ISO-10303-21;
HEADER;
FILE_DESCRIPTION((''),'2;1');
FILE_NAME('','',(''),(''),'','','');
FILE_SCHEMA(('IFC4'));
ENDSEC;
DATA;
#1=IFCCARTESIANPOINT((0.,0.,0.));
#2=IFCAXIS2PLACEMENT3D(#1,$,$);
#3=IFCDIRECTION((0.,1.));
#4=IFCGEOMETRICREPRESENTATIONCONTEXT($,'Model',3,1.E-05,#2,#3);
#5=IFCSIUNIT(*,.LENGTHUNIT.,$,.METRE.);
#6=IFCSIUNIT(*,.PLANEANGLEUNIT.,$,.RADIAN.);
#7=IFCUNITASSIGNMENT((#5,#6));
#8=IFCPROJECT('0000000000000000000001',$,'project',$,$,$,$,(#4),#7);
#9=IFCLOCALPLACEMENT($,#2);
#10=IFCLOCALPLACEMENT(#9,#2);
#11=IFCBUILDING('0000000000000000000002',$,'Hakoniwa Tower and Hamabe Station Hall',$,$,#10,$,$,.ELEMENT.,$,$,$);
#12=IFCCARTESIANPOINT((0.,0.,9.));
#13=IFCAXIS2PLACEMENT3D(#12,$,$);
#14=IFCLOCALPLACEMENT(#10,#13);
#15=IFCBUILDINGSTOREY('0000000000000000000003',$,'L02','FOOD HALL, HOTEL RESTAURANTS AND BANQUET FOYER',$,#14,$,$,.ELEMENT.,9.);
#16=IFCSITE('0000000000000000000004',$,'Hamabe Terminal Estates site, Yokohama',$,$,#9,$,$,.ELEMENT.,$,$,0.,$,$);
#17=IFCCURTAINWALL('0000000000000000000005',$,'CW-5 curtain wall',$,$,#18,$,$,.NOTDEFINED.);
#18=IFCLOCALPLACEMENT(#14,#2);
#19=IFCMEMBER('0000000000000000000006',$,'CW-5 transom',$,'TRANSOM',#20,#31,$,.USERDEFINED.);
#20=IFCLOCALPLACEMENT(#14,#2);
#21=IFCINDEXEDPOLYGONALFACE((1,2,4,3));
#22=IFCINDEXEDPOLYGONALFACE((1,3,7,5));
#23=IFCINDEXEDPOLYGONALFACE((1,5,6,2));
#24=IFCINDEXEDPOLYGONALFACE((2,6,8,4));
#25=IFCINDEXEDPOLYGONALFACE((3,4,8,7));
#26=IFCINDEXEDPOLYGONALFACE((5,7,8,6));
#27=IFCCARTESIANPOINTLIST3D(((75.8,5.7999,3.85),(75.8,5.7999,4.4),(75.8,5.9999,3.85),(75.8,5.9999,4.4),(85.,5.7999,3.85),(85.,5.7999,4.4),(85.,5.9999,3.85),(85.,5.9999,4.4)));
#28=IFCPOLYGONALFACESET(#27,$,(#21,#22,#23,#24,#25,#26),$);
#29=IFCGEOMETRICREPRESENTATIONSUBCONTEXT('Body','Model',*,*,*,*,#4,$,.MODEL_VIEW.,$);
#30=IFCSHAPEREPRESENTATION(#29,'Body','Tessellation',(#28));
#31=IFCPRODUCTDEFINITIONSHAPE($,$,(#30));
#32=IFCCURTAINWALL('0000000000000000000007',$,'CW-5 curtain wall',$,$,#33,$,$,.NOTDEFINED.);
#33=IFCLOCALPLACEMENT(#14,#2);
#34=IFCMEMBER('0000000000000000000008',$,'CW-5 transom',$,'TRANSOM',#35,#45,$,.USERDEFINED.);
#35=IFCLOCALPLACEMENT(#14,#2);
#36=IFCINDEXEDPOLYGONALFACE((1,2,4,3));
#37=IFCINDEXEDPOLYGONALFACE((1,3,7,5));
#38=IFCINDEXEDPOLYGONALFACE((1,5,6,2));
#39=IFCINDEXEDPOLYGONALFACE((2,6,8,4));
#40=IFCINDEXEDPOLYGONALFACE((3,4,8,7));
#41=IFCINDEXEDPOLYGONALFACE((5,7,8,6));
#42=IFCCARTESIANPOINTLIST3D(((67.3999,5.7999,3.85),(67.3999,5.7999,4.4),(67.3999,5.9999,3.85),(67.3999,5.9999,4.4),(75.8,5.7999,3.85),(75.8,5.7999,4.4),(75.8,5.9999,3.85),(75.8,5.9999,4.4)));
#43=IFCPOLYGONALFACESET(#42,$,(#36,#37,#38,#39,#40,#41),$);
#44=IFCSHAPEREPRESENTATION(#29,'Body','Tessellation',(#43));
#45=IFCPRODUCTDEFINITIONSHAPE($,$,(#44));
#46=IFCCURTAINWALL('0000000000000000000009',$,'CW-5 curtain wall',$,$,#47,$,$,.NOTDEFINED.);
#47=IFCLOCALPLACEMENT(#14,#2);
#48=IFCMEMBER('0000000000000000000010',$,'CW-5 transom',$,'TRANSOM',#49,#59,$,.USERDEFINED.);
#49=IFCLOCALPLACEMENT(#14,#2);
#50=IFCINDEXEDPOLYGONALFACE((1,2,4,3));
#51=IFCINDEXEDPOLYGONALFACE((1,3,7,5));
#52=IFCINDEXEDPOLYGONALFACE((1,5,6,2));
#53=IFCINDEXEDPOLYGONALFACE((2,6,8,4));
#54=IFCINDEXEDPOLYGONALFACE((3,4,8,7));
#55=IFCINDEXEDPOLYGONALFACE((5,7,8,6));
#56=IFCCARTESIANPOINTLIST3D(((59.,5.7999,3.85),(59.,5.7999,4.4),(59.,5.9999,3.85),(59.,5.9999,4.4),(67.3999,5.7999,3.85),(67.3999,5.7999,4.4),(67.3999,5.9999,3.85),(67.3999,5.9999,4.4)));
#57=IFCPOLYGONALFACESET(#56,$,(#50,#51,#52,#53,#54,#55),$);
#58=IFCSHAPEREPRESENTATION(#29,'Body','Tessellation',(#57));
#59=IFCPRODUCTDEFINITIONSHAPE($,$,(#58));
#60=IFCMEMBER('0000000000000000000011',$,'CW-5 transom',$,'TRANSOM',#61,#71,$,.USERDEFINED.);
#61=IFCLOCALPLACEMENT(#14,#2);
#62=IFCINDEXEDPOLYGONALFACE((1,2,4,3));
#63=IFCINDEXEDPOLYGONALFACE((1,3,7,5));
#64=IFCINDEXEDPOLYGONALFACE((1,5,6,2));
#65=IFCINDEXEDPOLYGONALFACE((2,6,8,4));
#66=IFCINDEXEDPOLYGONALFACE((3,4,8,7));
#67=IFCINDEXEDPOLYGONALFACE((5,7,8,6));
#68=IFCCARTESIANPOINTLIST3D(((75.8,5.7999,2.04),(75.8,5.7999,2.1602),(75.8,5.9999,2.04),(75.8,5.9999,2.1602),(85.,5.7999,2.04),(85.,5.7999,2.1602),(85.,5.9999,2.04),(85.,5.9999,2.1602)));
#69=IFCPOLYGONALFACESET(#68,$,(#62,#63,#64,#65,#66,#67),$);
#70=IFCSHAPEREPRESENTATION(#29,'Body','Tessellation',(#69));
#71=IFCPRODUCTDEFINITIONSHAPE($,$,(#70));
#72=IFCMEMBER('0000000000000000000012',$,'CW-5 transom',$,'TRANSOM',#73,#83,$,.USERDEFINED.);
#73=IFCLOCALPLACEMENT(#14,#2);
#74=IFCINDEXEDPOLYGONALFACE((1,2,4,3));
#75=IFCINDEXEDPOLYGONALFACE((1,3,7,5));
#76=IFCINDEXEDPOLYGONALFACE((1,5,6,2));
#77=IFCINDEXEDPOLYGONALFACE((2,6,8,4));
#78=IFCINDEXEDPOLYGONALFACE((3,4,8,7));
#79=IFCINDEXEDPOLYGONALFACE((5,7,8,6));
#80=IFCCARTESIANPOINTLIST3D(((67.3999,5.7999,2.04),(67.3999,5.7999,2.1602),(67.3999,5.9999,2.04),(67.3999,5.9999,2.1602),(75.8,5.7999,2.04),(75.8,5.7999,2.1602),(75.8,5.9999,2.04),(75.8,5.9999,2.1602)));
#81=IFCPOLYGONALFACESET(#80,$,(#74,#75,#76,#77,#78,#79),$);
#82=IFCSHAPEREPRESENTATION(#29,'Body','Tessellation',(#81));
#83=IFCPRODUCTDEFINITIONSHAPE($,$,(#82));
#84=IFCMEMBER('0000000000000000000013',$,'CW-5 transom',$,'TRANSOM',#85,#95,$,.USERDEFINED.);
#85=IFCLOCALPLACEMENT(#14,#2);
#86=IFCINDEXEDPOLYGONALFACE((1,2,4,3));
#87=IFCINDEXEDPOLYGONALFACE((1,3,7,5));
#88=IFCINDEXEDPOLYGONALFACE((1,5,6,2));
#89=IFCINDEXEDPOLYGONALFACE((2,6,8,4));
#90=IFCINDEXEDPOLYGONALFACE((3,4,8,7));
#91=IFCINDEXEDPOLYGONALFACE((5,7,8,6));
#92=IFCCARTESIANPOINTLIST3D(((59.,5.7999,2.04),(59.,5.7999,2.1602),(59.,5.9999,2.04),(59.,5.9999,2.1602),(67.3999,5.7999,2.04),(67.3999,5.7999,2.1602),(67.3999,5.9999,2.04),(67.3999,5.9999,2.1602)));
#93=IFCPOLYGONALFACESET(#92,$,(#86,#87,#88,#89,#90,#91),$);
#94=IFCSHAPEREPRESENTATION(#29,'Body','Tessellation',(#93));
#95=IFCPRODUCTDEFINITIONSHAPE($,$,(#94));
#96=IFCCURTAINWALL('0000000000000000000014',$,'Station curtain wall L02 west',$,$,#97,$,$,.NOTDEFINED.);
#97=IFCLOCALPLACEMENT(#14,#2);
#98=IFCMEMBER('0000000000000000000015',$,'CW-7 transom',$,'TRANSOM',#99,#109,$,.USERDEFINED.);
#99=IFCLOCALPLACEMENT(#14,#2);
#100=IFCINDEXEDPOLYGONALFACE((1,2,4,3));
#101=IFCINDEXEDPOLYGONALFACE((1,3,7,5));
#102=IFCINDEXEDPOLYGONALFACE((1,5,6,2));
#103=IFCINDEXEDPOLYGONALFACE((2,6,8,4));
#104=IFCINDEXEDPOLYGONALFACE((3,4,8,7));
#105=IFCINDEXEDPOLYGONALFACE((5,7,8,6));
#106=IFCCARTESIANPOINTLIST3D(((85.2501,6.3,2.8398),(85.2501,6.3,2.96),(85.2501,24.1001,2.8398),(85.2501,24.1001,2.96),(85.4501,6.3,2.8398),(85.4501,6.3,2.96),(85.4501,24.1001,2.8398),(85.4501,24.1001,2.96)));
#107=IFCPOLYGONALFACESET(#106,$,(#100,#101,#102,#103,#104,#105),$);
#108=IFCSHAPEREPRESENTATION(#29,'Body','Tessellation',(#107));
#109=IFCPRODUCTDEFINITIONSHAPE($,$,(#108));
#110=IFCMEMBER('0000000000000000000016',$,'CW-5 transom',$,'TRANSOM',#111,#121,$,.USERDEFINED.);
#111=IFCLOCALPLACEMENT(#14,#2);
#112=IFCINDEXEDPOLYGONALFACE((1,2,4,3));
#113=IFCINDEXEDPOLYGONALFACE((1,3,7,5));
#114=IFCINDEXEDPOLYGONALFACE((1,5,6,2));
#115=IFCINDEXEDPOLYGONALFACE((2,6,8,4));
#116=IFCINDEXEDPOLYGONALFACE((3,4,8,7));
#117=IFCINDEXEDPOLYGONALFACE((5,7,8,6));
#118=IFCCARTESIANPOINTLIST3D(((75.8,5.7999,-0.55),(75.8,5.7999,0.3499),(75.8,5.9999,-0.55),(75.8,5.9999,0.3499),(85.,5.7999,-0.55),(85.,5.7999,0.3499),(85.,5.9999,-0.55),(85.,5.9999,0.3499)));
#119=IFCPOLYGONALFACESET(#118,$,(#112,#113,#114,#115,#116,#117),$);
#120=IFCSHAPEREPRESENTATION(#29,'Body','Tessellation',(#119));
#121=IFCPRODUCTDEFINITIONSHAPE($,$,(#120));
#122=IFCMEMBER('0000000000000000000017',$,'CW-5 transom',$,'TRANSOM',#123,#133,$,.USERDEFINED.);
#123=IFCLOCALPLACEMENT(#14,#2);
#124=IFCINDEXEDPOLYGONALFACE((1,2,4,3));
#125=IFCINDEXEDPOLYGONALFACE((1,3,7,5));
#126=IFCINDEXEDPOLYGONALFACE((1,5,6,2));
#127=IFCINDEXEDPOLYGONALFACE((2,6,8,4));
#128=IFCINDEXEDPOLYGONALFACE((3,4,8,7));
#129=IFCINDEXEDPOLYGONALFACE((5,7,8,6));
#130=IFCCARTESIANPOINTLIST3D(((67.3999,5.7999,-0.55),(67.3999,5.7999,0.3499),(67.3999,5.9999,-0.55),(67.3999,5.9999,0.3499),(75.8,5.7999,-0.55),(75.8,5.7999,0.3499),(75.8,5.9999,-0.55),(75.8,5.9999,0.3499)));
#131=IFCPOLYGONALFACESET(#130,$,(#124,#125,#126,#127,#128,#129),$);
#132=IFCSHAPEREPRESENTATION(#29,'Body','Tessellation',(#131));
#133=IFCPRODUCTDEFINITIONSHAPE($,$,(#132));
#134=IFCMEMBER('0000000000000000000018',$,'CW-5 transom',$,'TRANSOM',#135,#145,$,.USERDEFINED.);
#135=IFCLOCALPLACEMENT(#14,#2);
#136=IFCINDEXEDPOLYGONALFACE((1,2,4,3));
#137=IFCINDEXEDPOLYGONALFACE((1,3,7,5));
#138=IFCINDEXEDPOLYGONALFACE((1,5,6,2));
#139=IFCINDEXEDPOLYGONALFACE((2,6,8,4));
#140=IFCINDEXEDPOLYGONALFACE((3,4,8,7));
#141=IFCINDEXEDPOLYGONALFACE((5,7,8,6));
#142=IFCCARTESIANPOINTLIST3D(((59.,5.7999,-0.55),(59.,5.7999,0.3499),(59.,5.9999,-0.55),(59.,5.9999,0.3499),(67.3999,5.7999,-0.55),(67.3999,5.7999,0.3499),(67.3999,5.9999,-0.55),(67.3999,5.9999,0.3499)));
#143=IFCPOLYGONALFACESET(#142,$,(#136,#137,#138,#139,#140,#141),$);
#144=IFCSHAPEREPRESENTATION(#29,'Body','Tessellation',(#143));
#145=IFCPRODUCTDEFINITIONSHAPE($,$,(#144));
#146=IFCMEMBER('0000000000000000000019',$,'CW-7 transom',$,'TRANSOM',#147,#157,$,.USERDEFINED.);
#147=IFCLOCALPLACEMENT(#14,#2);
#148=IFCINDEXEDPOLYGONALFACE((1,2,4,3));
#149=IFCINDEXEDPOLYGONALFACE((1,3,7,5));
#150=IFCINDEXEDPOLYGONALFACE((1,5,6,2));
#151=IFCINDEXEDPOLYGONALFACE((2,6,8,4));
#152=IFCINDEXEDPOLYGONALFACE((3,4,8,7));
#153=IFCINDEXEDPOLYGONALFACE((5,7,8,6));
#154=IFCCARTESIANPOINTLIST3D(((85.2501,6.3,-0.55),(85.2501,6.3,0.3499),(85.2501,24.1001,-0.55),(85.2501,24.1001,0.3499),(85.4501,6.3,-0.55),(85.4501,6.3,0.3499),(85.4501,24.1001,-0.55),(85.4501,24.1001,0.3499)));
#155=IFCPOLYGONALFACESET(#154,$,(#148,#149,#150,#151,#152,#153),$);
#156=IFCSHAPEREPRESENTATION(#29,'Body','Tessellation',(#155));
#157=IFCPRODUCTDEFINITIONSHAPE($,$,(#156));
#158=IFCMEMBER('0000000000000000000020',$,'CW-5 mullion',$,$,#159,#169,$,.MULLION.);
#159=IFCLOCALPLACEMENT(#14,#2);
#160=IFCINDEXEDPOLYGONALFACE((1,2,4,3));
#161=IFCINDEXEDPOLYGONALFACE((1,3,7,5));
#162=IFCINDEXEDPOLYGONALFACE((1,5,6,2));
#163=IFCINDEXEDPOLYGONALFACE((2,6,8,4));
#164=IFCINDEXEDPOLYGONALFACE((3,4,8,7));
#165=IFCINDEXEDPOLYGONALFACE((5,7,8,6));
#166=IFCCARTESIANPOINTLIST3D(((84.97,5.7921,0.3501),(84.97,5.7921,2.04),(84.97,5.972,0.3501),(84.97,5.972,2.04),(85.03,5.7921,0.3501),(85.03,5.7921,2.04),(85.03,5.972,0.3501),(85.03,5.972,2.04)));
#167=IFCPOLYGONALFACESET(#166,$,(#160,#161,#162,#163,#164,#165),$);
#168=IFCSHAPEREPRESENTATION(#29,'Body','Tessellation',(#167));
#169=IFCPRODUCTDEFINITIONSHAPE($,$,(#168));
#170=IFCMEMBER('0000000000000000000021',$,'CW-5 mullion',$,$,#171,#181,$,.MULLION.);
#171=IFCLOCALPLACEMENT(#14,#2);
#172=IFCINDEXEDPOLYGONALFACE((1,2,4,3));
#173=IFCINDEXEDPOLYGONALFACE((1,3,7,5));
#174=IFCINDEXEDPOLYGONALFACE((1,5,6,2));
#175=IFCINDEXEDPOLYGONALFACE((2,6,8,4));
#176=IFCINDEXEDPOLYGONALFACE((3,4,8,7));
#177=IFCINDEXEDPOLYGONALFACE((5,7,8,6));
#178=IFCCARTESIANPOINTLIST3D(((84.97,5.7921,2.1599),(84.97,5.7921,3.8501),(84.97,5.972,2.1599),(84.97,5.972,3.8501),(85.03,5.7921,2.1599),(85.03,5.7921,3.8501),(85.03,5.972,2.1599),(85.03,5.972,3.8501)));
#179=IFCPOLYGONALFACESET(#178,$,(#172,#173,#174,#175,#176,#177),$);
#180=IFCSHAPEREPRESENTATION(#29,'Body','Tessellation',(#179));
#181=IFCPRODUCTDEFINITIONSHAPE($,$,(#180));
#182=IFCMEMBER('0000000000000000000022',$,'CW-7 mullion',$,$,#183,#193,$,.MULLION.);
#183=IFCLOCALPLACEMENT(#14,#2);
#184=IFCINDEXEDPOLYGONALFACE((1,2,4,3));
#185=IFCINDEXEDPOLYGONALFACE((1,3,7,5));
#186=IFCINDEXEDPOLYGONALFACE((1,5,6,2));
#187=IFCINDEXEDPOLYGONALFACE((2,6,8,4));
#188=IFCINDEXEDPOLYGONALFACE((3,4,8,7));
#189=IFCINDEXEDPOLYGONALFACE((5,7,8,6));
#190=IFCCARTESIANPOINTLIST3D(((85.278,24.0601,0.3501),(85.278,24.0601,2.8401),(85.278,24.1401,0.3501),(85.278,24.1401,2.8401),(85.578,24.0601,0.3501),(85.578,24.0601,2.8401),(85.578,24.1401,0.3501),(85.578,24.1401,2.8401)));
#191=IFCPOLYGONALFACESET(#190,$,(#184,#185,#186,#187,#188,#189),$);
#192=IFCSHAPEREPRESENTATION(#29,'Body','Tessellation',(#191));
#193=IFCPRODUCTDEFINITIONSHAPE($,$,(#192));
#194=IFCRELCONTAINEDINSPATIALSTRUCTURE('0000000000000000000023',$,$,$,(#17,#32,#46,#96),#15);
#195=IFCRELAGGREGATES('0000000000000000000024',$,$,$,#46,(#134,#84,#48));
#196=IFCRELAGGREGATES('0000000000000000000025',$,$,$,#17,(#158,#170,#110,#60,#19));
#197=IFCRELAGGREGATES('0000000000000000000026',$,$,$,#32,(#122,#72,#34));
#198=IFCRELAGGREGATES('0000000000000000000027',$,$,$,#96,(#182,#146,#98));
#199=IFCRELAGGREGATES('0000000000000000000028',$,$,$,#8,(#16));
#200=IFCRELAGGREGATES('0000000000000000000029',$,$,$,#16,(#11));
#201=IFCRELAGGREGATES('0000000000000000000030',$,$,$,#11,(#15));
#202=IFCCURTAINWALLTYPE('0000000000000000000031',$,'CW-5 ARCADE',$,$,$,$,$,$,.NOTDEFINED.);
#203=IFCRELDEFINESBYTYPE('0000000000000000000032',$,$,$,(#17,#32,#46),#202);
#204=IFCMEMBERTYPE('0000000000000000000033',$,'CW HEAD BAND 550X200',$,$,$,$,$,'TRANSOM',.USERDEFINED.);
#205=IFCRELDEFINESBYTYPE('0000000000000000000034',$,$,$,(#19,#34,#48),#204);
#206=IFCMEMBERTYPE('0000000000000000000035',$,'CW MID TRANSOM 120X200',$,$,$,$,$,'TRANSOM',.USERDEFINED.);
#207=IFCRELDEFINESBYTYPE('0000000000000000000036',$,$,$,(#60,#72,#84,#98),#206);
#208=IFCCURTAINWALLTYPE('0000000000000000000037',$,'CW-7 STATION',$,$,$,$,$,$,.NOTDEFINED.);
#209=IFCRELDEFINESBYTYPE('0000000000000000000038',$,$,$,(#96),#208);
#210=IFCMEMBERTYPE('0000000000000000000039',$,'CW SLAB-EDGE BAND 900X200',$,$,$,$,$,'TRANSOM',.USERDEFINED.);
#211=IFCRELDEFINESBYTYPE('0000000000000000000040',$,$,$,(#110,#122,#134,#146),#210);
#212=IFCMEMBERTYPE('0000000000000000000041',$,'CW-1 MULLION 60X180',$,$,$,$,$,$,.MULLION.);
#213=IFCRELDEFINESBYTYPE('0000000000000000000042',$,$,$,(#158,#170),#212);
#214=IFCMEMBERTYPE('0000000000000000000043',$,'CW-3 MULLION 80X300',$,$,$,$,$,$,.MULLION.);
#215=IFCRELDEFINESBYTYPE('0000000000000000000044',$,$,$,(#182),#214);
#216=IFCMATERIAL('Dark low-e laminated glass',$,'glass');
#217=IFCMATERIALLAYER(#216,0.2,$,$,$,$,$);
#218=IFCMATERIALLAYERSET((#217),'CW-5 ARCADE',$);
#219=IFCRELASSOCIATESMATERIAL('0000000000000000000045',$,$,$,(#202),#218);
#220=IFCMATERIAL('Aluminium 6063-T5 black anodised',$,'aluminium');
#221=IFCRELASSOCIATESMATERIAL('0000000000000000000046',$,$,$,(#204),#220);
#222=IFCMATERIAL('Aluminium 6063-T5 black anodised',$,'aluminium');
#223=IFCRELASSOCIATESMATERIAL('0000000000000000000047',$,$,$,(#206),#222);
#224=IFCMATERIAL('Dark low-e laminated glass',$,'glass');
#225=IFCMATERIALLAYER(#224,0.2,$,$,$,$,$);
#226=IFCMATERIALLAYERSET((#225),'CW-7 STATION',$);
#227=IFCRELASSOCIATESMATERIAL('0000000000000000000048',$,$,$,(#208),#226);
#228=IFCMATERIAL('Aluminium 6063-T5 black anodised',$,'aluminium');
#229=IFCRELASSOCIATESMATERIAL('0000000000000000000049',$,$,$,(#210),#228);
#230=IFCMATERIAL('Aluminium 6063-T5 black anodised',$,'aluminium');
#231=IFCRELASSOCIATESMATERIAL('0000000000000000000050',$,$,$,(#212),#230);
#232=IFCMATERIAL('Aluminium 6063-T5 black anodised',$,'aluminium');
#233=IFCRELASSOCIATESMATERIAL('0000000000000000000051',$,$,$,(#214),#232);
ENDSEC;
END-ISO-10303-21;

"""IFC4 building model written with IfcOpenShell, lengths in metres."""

from ifc_helpers import new_model, si_unit, direction, frame, origin, origin_2d, place, context, subcontext, project, spatial, rectangle, extrude, material, layer, layer_set, material_profile, profile_set, type_object, element, aggregate, save


model = new_model("IFC4")

# Units and contexts
model_context = context("Model", 3, precision=1e-05, world=origin(), true_north=direction((0.0, 1.0)))
body_context = subcontext(model_context, "Body", "Model", "MODEL_VIEW")
ifc_project = project(units=[si_unit("LENGTHUNIT", "METRE"), si_unit("PLANEANGLEUNIT", "RADIAN")], contexts=[model_context])

# Site, building, storey
site_placement = place(None, origin())
site = spatial("IfcSite", under=ifc_project, at=site_placement, Name="Hamabe Terminal Estates site, Yokohama", CompositionType="ELEMENT", RefElevation=0.0)
building_placement = place(site_placement, origin())
building = spatial("IfcBuilding", under=site, at=building_placement, Name="Hakoniwa Tower and Hamabe Station Hall", CompositionType="ELEMENT")
storey_placement = place(building_placement, frame((0.0, 0.0, 9.0)))
storey = spatial("IfcBuildingStorey", under=building, at=storey_placement, Name="L02", Description="FOOD HALL, HOTEL RESTAURANTS AND BANQUET FOYER", CompositionType="ELEMENT", Elevation=9.0)

# Curtain walls, members
ifc_material_1 = material(Name="Dark low-e laminated glass", Category="glass")
ifc_layer_1 = layer(ifc_material_1, 0.2)
ifc_layer_set_1 = layer_set([ifc_layer_1], Name="CW-5 ARCADE")
curtain_wall_type_1 = type_object("IfcCurtainWallType", Name="CW-5 ARCADE", PredefinedType="NOTDEFINED", material=ifc_layer_set_1)
curtain_wall_1_placement = place(storey_placement, origin())
curtain_wall_1 = element("IfcCurtainWall", 1, at=curtain_wall_1_placement, inside=storey, type_object=curtain_wall_type_1, Name="CW-5 curtain wall", PredefinedType="NOTDEFINED")
ifc_material_2 = material(Name="Aluminium 6063-T5 black anodised", Category="aluminium")
ifc_material_profile_1 = material_profile(ifc_material_2, rectangle(XDim=0.2, YDim=0.55, at=origin_2d()), Name="CW HEAD BAND 550X200")
ifc_profile_set_1 = profile_set([ifc_material_profile_1], Name="Aluminium 6063-T5 black anodised")
member_type_1 = type_object("IfcMemberType", Name="CW HEAD BAND 550X200", ElementType="TRANSOM", PredefinedType="USERDEFINED", material=ifc_profile_set_1)
member_1_placement = place(storey_placement, frame((85.0, 5.8999, 4.125), z_axis=(-1.0, 0.0, 0.0), x_axis=(0.0, -1.0, 0.0)))
member_1 = element("IfcMember", 2, at=member_1_placement, type_object=member_type_1, Name="CW-5 transom", ObjectType="TRANSOM", PredefinedType="USERDEFINED", context=body_context, shape_type="SweptSolid", body=[
    extrude(rectangle(XDim=0.2, YDim=0.55, at=origin_2d()), origin(), (0.0, 0.0, 1.0), 9.2),
])
curtain_wall_2_placement = place(storey_placement, origin())
curtain_wall_2 = element("IfcCurtainWall", 3, at=curtain_wall_2_placement, inside=storey, type_object=curtain_wall_type_1, Name="CW-5 curtain wall", PredefinedType="NOTDEFINED")
member_2_placement = place(storey_placement, frame((75.8, 5.8999, 4.125), z_axis=(-1.0, 0.0, 0.0), x_axis=(0.0, -1.0, 0.0)))
member_2 = element("IfcMember", 4, at=member_2_placement, type_object=member_type_1, Name="CW-5 transom", ObjectType="TRANSOM", PredefinedType="USERDEFINED", context=body_context, shape_type="SweptSolid", body=[
    extrude(rectangle(XDim=0.2, YDim=0.55, at=origin_2d()), origin(), (0.0, 0.0, 1.0), 8.4001),
])
curtain_wall_3_placement = place(storey_placement, origin())
curtain_wall_3 = element("IfcCurtainWall", 5, at=curtain_wall_3_placement, inside=storey, type_object=curtain_wall_type_1, Name="CW-5 curtain wall", PredefinedType="NOTDEFINED")
member_3_placement = place(storey_placement, frame((67.3999, 5.8999, 4.125), z_axis=(-1.0, 0.0, 0.0), x_axis=(0.0, -1.0, 0.0)))
member_3 = element("IfcMember", 6, at=member_3_placement, type_object=member_type_1, Name="CW-5 transom", ObjectType="TRANSOM", PredefinedType="USERDEFINED", context=body_context, shape_type="SweptSolid", body=[
    extrude(rectangle(XDim=0.2, YDim=0.55, at=origin_2d()), origin(), (0.0, 0.0, 1.0), 8.3999),
])

# Members
ifc_material_3 = material(Name="Aluminium 6063-T5 black anodised", Category="aluminium")
ifc_material_profile_2 = material_profile(ifc_material_3, rectangle(XDim=0.2, YDim=0.1201, at=origin_2d()), Name="CW MID TRANSOM 120X200")
ifc_profile_set_2 = profile_set([ifc_material_profile_2], Name="Aluminium 6063-T5 black anodised")
member_type_2 = type_object("IfcMemberType", Name="CW MID TRANSOM 120X200", ElementType="TRANSOM", PredefinedType="USERDEFINED", material=ifc_profile_set_2)
member_4_placement = place(storey_placement, frame((85.0, 5.8999, 2.1001), z_axis=(-1.0, 0.0, 0.0), x_axis=(0.0, -1.0, 0.0)))
member_4 = element("IfcMember", 7, at=member_4_placement, type_object=member_type_2, Name="CW-5 transom", ObjectType="TRANSOM", PredefinedType="USERDEFINED", context=body_context, shape_type="SweptSolid", body=[
    extrude(rectangle(XDim=0.2, YDim=0.1201, at=origin_2d()), origin(), (0.0, 0.0, 1.0), 9.2),
])
member_5_placement = place(storey_placement, frame((75.8, 5.8999, 2.1001), z_axis=(-1.0, 0.0, 0.0), x_axis=(0.0, -1.0, 0.0)))
member_5 = element("IfcMember", 8, at=member_5_placement, type_object=member_type_2, Name="CW-5 transom", ObjectType="TRANSOM", PredefinedType="USERDEFINED", context=body_context, shape_type="SweptSolid", body=[
    extrude(rectangle(XDim=0.2, YDim=0.1201, at=origin_2d()), origin(), (0.0, 0.0, 1.0), 8.4001),
])
member_6_placement = place(storey_placement, frame((67.3999, 5.8999, 2.1001), z_axis=(-1.0, 0.0, 0.0), x_axis=(0.0, -1.0, 0.0)))
member_6 = element("IfcMember", 9, at=member_6_placement, type_object=member_type_2, Name="CW-5 transom", ObjectType="TRANSOM", PredefinedType="USERDEFINED", context=body_context, shape_type="SweptSolid", body=[
    extrude(rectangle(XDim=0.2, YDim=0.1201, at=origin_2d()), origin(), (0.0, 0.0, 1.0), 8.3999),
])

# Curtain wall, member
ifc_material_4 = material(Name="Dark low-e laminated glass", Category="glass")
ifc_layer_2 = layer(ifc_material_4, 0.2)
ifc_layer_set_2 = layer_set([ifc_layer_2], Name="CW-7 STATION")
curtain_wall_type_2 = type_object("IfcCurtainWallType", Name="CW-7 STATION", PredefinedType="NOTDEFINED", material=ifc_layer_set_2)
curtain_wall_4_placement = place(storey_placement, origin())
curtain_wall_4 = element("IfcCurtainWall", 10, at=curtain_wall_4_placement, inside=storey, type_object=curtain_wall_type_2, Name="Station curtain wall L02 west", PredefinedType="NOTDEFINED")
member_7_placement = place(storey_placement, frame((85.3501, 24.1001, 2.8999), z_axis=(0.0, -1.0, 0.0), x_axis=(1.0, 0.0, 0.0)))
member_7 = element("IfcMember", 11, at=member_7_placement, type_object=member_type_2, Name="CW-7 transom", ObjectType="TRANSOM", PredefinedType="USERDEFINED", context=body_context, shape_type="SweptSolid", body=[
    extrude(rectangle(XDim=0.2, YDim=0.1201, at=origin_2d()), origin(), (0.0, 0.0, 1.0), 17.8),
])

# Members
ifc_material_5 = material(Name="Aluminium 6063-T5 black anodised", Category="aluminium")
ifc_material_profile_3 = material_profile(ifc_material_5, rectangle(XDim=0.2, YDim=0.8999, at=origin_2d()), Name="CW SLAB-EDGE BAND 900X200")
ifc_profile_set_3 = profile_set([ifc_material_profile_3], Name="Aluminium 6063-T5 black anodised")
member_type_3 = type_object("IfcMemberType", Name="CW SLAB-EDGE BAND 900X200", ElementType="TRANSOM", PredefinedType="USERDEFINED", material=ifc_profile_set_3)
member_8_placement = place(storey_placement, frame((85.0, 5.8999, -0.1001), z_axis=(-1.0, 0.0, 0.0), x_axis=(0.0, -1.0, 0.0)))
member_8 = element("IfcMember", 12, at=member_8_placement, type_object=member_type_3, Name="CW-5 transom", ObjectType="TRANSOM", PredefinedType="USERDEFINED", context=body_context, shape_type="SweptSolid", body=[
    extrude(rectangle(XDim=0.2, YDim=0.8999, at=origin_2d()), origin(), (0.0, 0.0, 1.0), 9.2),
])
member_9_placement = place(storey_placement, frame((75.8, 5.8999, -0.1001), z_axis=(-1.0, 0.0, 0.0), x_axis=(0.0, -1.0, 0.0)))
member_9 = element("IfcMember", 13, at=member_9_placement, type_object=member_type_3, Name="CW-5 transom", ObjectType="TRANSOM", PredefinedType="USERDEFINED", context=body_context, shape_type="SweptSolid", body=[
    extrude(rectangle(XDim=0.2, YDim=0.8999, at=origin_2d()), origin(), (0.0, 0.0, 1.0), 8.4001),
])
member_10_placement = place(storey_placement, frame((67.3999, 5.8999, -0.1001), z_axis=(-1.0, 0.0, 0.0), x_axis=(0.0, -1.0, 0.0)))
member_10 = element("IfcMember", 14, at=member_10_placement, type_object=member_type_3, Name="CW-5 transom", ObjectType="TRANSOM", PredefinedType="USERDEFINED", context=body_context, shape_type="SweptSolid", body=[
    extrude(rectangle(XDim=0.2, YDim=0.8999, at=origin_2d()), origin(), (0.0, 0.0, 1.0), 8.3999),
])
aggregate(curtain_wall_3, [member_10, member_6, member_3])
member_11_placement = place(storey_placement, frame((85.3501, 24.1001, -0.1001), z_axis=(0.0, -1.0, 0.0), x_axis=(1.0, 0.0, 0.0)))
member_11 = element("IfcMember", 15, at=member_11_placement, type_object=member_type_3, Name="CW-7 transom", ObjectType="TRANSOM", PredefinedType="USERDEFINED", context=body_context, shape_type="SweptSolid", body=[
    extrude(rectangle(XDim=0.2, YDim=0.8999, at=origin_2d()), origin(), (0.0, 0.0, 1.0), 17.8),
])
ifc_material_6 = material(Name="Aluminium 6063-T5 black anodised", Category="aluminium")
ifc_material_profile_4 = material_profile(ifc_material_6, rectangle(XDim=0.0601, YDim=0.1799, at=origin_2d()), Name="CW-1 MULLION 60X180")
ifc_profile_set_4 = profile_set([ifc_material_profile_4], Name="Aluminium 6063-T5 black anodised")
member_type_4 = type_object("IfcMemberType", Name="CW-1 MULLION 60X180", PredefinedType="MULLION", material=ifc_profile_set_4)
member_12_placement = place(storey_placement, frame((85.0, 5.8821, 0.3501), z_axis=(0.0, 0.0, 1.0), x_axis=(-1.0, 0.0, 0.0)))
member_12 = element("IfcMember", 16, at=member_12_placement, type_object=member_type_4, Name="CW-5 mullion", PredefinedType="MULLION", context=body_context, shape_type="SweptSolid", body=[
    extrude(rectangle(XDim=0.0601, YDim=0.1799, at=origin_2d()), origin(), (0.0, 0.0, 1.0), 1.6899),
])
member_13_placement = place(storey_placement, frame((85.0, 5.8821, 2.1599), z_axis=(0.0, 0.0, 1.0), x_axis=(-1.0, 0.0, 0.0)))
member_13 = element("IfcMember", 17, at=member_13_placement, type_object=member_type_4, Name="CW-5 mullion", PredefinedType="MULLION", context=body_context, shape_type="SweptSolid", body=[
    extrude(rectangle(XDim=0.0601, YDim=0.1799, at=origin_2d()), origin(), (0.0, 0.0, 1.0), 1.6902),
])
ifc_material_7 = material(Name="Aluminium 6063-T5 black anodised", Category="aluminium")
ifc_material_profile_5 = material_profile(ifc_material_7, rectangle(XDim=0.0801, YDim=0.3, at=origin_2d()), Name="CW-3 MULLION 80X300")
ifc_profile_set_5 = profile_set([ifc_material_profile_5], Name="Aluminium 6063-T5 black anodised")
member_type_5 = type_object("IfcMemberType", Name="CW-3 MULLION 80X300", PredefinedType="MULLION", material=ifc_profile_set_5)
member_14_placement = place(storey_placement, frame((85.428, 24.1001, 0.3501), z_axis=(0.0, 0.0, 1.0), x_axis=(0.0, -1.0, 0.0)))
member_14 = element("IfcMember", 18, at=member_14_placement, type_object=member_type_5, Name="CW-7 mullion", PredefinedType="MULLION", context=body_context, shape_type="SweptSolid", body=[
    extrude(rectangle(XDim=0.0801, YDim=0.3, at=origin_2d()), origin(), (0.0, 0.0, 1.0), 2.49),
])

aggregate(curtain_wall_1, [member_12, member_13, member_8, member_4, member_1])
aggregate(curtain_wall_2, [member_9, member_5, member_2])
aggregate(curtain_wall_4, [member_14, member_11, member_7])

save(model, "model.ifc")
